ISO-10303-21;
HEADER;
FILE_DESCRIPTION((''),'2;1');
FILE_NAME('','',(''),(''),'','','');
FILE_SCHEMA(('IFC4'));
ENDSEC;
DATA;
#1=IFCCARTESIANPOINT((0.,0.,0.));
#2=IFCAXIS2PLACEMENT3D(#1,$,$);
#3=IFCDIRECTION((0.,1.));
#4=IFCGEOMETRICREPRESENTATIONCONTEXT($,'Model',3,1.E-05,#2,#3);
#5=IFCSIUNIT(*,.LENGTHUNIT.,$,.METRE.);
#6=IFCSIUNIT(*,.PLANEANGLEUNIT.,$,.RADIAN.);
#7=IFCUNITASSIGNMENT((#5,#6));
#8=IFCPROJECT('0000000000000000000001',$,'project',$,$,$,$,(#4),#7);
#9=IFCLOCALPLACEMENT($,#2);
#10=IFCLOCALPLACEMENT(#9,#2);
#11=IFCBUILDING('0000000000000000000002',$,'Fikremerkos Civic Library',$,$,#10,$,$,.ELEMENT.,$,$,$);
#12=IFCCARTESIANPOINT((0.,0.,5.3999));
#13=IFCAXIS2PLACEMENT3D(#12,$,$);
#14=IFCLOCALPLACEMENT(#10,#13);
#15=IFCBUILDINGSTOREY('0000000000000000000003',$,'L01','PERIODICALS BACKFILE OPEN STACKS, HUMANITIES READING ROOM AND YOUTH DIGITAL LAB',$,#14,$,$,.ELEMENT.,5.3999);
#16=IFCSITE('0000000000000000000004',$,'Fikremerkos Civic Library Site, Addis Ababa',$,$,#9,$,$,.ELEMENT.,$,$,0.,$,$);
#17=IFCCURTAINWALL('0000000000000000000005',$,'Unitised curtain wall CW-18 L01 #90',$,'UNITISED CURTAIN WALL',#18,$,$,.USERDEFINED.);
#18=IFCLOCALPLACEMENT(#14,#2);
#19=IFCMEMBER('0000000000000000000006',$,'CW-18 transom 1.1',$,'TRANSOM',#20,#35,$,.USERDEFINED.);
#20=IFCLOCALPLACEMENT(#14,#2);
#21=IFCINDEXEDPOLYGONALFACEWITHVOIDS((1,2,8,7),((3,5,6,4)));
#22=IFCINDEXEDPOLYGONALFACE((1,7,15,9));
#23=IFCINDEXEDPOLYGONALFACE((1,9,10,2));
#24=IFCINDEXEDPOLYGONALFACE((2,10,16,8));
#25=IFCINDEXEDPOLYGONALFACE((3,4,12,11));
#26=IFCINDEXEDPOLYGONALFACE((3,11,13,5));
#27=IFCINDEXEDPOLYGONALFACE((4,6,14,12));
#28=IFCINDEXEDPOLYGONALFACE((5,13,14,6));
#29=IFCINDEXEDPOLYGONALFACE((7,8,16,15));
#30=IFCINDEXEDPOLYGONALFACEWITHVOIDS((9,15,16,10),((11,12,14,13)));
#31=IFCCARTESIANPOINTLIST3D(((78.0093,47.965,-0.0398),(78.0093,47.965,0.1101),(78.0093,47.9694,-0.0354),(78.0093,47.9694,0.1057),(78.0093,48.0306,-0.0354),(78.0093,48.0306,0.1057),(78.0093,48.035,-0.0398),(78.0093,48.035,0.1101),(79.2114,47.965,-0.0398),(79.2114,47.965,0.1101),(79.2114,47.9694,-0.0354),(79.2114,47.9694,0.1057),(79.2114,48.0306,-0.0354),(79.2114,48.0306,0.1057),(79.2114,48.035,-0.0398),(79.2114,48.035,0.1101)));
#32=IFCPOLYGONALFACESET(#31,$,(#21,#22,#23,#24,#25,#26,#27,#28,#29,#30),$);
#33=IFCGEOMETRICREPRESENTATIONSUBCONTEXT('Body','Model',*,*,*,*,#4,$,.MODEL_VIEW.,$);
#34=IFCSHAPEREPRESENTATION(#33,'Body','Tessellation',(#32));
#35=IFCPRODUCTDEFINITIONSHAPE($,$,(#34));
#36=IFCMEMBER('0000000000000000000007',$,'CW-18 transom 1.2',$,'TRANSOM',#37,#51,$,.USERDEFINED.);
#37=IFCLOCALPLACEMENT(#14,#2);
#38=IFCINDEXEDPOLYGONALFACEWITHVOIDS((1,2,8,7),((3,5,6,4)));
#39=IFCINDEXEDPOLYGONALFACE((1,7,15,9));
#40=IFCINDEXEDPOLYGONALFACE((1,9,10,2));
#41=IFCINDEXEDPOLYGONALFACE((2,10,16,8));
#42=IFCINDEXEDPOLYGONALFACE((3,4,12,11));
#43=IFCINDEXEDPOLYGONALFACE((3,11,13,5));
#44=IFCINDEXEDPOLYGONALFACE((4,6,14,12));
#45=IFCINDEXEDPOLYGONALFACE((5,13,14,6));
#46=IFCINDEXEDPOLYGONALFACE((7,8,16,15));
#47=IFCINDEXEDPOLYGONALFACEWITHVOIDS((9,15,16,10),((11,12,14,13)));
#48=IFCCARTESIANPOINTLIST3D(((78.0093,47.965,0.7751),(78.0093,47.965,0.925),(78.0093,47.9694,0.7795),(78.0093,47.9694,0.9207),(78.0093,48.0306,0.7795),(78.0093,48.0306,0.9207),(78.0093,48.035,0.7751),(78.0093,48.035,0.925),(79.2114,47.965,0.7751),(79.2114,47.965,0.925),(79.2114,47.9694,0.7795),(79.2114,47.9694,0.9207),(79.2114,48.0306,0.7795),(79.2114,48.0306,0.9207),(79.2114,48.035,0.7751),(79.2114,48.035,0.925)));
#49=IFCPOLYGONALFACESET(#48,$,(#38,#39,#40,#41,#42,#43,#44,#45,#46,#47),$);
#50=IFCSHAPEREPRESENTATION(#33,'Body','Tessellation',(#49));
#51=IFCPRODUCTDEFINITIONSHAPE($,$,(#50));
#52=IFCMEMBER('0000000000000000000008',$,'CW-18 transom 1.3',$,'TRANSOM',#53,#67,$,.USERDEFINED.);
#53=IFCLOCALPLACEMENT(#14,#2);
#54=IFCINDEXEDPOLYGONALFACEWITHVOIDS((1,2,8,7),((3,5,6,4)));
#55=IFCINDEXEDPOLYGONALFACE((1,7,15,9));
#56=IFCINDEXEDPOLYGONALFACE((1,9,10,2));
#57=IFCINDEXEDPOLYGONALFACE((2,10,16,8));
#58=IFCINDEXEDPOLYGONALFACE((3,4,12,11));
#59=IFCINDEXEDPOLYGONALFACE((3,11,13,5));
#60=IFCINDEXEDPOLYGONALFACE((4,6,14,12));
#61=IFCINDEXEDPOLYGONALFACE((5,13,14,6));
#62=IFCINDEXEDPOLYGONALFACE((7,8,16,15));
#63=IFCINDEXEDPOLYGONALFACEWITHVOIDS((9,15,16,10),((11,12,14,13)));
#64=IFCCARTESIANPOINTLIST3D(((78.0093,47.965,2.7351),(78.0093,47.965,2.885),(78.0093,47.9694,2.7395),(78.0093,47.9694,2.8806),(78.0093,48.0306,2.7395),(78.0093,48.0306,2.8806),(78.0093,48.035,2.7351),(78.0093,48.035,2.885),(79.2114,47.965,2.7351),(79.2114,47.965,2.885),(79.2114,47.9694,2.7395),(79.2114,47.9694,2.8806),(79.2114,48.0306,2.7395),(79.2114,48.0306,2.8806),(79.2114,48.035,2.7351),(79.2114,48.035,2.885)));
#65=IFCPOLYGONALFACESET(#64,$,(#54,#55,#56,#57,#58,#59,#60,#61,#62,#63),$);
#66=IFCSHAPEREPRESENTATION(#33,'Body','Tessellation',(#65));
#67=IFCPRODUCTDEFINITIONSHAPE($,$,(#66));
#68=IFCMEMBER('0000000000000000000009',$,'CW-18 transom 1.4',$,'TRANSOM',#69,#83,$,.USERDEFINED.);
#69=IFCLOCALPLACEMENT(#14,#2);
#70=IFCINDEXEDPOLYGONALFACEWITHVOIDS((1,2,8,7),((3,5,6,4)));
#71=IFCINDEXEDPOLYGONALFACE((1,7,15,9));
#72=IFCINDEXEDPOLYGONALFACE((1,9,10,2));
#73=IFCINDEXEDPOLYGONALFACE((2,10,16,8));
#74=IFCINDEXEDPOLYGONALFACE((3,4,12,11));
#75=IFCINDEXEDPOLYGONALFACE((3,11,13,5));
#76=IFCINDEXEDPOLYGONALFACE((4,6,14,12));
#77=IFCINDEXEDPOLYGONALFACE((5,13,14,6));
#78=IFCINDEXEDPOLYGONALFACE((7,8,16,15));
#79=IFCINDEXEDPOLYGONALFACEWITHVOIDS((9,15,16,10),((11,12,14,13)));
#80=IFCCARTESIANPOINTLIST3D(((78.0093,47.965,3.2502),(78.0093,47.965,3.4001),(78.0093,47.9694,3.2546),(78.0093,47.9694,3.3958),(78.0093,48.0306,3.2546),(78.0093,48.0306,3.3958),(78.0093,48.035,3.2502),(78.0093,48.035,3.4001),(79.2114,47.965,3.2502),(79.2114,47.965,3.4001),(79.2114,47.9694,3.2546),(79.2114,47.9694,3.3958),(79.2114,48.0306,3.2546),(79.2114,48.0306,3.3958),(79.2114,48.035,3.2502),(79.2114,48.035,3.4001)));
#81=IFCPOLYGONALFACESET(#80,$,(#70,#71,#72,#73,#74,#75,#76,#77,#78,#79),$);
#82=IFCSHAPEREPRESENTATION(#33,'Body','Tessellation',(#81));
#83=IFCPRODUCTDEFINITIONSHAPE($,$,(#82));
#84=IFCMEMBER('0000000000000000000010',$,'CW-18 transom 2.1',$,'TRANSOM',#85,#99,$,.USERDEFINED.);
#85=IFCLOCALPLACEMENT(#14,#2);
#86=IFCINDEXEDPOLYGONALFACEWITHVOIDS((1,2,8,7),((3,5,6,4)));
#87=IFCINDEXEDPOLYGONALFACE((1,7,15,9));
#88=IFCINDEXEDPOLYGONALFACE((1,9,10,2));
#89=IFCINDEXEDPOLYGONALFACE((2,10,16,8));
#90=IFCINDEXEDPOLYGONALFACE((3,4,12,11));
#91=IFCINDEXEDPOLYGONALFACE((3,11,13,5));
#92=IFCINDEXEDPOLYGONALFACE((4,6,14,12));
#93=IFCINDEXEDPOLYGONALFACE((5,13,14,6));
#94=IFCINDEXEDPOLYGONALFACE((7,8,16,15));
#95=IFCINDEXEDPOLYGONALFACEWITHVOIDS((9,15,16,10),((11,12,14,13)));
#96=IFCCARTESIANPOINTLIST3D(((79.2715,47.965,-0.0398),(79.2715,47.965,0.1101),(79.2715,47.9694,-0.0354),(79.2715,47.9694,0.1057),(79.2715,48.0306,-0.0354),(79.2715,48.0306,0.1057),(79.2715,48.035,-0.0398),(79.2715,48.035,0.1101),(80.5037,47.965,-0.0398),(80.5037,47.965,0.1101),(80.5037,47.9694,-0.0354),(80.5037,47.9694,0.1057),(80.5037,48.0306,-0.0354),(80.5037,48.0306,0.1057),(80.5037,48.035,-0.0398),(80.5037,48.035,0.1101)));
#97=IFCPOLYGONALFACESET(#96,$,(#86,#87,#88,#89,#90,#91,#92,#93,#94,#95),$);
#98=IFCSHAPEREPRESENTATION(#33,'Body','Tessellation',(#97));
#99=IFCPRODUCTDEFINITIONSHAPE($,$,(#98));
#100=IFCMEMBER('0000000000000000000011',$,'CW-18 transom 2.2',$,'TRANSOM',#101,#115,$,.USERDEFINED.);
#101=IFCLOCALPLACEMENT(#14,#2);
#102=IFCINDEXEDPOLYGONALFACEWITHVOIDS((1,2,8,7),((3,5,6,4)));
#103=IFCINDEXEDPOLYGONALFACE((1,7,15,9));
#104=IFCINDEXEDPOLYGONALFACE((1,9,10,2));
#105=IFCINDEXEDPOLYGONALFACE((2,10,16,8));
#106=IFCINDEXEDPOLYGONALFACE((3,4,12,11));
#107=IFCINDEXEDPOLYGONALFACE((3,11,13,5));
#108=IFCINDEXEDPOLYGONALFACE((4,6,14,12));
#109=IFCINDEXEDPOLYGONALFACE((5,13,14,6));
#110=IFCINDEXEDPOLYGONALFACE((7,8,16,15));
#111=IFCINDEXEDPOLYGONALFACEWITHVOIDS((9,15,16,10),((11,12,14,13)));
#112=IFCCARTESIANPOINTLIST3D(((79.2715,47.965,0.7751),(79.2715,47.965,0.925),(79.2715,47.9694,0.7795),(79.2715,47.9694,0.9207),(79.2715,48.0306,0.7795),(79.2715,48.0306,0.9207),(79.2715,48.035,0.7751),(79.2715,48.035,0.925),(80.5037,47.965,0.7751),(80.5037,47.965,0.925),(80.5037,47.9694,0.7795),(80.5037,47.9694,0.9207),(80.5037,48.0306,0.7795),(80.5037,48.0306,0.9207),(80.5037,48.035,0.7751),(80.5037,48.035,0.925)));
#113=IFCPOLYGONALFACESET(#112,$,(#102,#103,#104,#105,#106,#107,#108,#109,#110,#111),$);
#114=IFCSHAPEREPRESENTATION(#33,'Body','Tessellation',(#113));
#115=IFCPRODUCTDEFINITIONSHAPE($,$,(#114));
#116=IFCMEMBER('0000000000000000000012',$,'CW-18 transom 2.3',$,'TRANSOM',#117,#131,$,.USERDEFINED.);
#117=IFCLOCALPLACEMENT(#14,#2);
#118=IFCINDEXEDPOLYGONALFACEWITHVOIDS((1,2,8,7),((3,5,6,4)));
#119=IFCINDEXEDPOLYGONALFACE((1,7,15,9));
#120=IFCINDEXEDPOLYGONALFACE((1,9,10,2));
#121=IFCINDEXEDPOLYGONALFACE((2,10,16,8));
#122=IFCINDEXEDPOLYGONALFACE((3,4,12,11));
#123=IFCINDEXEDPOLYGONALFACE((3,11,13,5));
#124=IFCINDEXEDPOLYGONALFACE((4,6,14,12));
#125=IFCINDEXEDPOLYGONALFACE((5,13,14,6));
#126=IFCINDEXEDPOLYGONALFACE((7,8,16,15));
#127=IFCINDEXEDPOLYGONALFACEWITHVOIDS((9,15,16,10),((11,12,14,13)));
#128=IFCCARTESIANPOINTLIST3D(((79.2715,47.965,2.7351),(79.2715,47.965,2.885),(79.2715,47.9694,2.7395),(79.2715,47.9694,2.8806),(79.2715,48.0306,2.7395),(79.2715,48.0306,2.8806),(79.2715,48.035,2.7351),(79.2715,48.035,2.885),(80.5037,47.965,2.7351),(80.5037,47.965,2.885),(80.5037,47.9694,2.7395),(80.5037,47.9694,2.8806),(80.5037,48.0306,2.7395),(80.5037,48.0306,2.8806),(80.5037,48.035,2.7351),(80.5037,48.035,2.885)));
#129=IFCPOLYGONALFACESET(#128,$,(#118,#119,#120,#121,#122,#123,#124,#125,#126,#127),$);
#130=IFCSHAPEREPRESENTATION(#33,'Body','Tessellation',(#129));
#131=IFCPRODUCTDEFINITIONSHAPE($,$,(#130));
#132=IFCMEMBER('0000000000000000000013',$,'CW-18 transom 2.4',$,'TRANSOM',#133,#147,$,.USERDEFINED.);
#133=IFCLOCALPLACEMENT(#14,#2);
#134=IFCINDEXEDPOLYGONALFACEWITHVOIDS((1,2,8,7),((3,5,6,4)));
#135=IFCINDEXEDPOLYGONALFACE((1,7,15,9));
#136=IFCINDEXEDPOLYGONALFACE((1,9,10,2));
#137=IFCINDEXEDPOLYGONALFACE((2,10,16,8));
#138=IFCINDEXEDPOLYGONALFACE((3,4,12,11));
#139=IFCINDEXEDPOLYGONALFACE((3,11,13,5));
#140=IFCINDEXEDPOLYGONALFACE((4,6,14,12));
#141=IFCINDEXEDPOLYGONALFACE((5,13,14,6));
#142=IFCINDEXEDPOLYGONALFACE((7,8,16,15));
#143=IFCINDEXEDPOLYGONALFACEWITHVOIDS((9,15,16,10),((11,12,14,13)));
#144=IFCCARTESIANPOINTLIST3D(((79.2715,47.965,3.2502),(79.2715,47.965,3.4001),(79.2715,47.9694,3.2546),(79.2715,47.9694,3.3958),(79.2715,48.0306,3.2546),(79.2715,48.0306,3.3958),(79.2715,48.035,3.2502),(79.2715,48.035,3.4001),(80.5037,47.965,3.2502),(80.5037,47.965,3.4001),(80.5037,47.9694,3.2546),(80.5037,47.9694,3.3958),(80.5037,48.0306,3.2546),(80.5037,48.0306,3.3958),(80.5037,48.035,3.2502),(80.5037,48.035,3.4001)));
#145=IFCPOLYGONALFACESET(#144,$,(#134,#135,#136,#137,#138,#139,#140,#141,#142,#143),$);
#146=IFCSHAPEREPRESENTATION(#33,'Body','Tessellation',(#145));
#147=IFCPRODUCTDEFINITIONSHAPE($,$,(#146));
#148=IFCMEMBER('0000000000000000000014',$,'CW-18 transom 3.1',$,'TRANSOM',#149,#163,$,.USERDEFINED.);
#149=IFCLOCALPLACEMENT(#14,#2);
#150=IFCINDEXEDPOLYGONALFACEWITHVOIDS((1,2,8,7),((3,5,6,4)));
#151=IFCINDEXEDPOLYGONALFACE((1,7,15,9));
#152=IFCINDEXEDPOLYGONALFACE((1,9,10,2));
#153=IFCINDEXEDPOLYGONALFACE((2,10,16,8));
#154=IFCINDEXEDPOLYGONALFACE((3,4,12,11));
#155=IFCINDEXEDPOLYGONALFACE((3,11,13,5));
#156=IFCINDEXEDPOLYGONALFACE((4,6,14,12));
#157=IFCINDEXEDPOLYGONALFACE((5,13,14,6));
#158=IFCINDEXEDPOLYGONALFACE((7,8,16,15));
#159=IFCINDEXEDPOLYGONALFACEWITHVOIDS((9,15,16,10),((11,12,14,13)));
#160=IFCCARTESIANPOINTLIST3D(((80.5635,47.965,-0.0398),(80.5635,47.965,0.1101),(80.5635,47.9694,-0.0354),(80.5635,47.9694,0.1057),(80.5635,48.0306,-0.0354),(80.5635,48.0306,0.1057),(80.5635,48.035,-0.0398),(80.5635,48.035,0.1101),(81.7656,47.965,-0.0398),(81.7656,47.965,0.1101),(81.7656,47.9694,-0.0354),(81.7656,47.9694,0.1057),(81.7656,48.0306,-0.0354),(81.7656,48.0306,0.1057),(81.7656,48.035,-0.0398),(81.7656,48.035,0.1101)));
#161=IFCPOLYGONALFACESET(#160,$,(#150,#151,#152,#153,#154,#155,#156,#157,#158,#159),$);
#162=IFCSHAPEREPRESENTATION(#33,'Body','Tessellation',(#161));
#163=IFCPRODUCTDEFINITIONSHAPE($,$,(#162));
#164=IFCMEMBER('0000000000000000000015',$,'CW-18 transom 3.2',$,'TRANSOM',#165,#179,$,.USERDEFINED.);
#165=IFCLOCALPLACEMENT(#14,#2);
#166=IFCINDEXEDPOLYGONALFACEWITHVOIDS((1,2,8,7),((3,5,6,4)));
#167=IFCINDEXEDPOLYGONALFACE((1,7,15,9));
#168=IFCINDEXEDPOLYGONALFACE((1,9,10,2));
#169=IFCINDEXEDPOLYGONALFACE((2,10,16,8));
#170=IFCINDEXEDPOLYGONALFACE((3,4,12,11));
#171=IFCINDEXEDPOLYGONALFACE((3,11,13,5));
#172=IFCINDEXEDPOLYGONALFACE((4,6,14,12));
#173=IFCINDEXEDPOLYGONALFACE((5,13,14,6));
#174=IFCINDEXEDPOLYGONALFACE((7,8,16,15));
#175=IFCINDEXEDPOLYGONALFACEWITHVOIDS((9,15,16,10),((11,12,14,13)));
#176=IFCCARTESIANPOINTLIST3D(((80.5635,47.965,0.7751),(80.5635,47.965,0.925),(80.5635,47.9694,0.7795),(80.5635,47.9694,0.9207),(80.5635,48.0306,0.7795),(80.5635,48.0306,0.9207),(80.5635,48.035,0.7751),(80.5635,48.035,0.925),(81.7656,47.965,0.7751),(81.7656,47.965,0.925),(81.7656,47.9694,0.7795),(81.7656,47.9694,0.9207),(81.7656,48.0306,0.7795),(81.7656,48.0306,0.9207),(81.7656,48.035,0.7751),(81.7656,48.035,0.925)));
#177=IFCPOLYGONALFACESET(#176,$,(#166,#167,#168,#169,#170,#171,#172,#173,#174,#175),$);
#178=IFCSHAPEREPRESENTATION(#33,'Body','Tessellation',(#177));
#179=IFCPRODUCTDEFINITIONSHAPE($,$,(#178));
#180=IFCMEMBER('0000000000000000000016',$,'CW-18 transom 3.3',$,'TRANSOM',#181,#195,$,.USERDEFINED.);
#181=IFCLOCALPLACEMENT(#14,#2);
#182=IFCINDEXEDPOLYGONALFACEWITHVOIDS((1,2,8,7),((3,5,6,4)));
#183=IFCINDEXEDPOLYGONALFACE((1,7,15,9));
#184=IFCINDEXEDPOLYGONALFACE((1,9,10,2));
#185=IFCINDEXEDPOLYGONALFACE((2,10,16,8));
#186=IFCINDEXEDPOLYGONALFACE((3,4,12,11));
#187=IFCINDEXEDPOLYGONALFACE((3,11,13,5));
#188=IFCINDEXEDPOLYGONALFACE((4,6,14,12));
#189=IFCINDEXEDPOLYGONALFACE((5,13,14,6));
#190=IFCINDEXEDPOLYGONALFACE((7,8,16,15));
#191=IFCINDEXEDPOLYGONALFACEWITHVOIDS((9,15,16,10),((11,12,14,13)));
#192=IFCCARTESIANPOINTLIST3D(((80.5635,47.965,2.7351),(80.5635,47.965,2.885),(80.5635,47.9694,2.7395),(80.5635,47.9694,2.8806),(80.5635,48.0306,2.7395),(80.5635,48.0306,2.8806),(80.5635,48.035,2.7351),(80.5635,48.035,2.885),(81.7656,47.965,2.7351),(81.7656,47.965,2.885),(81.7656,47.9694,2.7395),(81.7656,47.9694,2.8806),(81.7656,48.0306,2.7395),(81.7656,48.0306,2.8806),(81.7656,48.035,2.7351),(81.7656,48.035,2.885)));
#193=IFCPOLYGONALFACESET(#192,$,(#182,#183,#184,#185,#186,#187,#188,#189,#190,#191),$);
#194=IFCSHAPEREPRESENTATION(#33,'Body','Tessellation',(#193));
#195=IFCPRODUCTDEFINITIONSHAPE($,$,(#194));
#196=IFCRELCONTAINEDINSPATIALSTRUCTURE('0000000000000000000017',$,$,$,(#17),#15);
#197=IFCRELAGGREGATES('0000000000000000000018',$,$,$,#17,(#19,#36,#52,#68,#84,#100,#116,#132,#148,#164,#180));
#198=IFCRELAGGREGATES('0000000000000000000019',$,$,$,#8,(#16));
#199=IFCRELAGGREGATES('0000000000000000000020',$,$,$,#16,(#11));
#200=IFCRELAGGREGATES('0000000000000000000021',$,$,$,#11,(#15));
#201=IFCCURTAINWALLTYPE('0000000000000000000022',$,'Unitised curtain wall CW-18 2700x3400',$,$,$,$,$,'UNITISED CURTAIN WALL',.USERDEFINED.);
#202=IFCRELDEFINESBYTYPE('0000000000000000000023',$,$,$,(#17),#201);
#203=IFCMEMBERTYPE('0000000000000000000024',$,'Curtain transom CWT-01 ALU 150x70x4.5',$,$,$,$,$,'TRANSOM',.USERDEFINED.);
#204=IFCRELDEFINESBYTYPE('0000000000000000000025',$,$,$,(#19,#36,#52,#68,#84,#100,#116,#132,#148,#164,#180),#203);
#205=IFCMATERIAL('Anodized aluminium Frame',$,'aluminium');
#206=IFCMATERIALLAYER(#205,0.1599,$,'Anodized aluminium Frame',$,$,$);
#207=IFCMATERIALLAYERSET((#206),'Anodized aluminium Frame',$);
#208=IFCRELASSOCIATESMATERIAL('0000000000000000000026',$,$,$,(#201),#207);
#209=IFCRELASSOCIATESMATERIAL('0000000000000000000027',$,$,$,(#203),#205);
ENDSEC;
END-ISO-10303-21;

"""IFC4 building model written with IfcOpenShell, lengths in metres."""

from ifc_helpers import new_model, si_unit, direction, frame, origin, origin_2d, place, context, subcontext, project, spatial, hollow_rectangle, extrude, material, layer, layer_set, material_profile, profile_set, type_object, element, aggregate, save


model = new_model("IFC4")

# Units and contexts
model_context = context("Model", 3, precision=1e-05, world=origin(), true_north=direction((0.0, 1.0)))
body_context = subcontext(model_context, "Body", "Model", "MODEL_VIEW")
ifc_project = project(units=[si_unit("LENGTHUNIT", "METRE"), si_unit("PLANEANGLEUNIT", "RADIAN")], contexts=[model_context])

# Site, building, storey
site_placement = place(None, origin())
site = spatial("IfcSite", under=ifc_project, at=site_placement, Name="Fikremerkos Civic Library Site, Addis Ababa", CompositionType="ELEMENT", RefElevation=0.0)
building_placement = place(site_placement, origin())
building = spatial("IfcBuilding", under=site, at=building_placement, Name="Fikremerkos Civic Library", CompositionType="ELEMENT")
storey_placement = place(building_placement, frame((0.0, 0.0, 5.3999)))
storey = spatial("IfcBuildingStorey", under=building, at=storey_placement, Name="L01", Description="PERIODICALS BACKFILE OPEN STACKS, HUMANITIES READING ROOM AND YOUTH DIGITAL LAB", CompositionType="ELEMENT", Elevation=5.3999)

# Shared definitions
ifc_material_1 = material(Name="Anodized aluminium Frame", Category="aluminium")

# Curtain wall
ifc_layer_1 = layer(ifc_material_1, 0.1599, Name="Anodized aluminium Frame")
ifc_layer_set_1 = layer_set([ifc_layer_1], Name="Anodized aluminium Frame")
curtain_wall_type_1 = type_object("IfcCurtainWallType", Name="Unitised curtain wall CW-18 2700x3400", ElementType="UNITISED CURTAIN WALL", PredefinedType="USERDEFINED", material=ifc_layer_set_1)
curtain_wall_1_placement = place(storey_placement, origin())
curtain_wall_1 = element("IfcCurtainWall", 1, at=curtain_wall_1_placement, inside=storey, type_object=curtain_wall_type_1, Name="Unitised curtain wall CW-18 L01 #90", ObjectType="UNITISED CURTAIN WALL", PredefinedType="USERDEFINED")

# Members
ifc_material_profile_1 = material_profile(ifc_material_1, hollow_rectangle(XDim=0.0701, YDim=0.1499, WallThickness=0.0044, at=origin_2d()), Name="ALU 150x70x4.5")
ifc_profile_set_1 = profile_set([ifc_material_profile_1], Name="Anodized aluminium Frame")
member_type_1 = type_object("IfcMemberType", Name="Curtain transom CWT-01 ALU 150x70x4.5", ElementType="TRANSOM", PredefinedType="USERDEFINED", material=ifc_profile_set_1)
member_1_placement = place(storey_placement, frame((78.0093, 48.0, 0.0352), z_axis=(1.0, 0.0, 0.0), x_axis=(0.0, 1.0, 0.0)))
member_1 = element("IfcMember", 2, at=member_1_placement, type_object=member_type_1, Name="CW-18 transom 1.1", ObjectType="TRANSOM", PredefinedType="USERDEFINED", context=body_context, shape_type="SweptSolid", body=[
    extrude(hollow_rectangle(XDim=0.0701, YDim=0.1499, WallThickness=0.0044, at=origin_2d()), origin(), (0.0, 0.0, 1.0), 1.2021),
])
member_2_placement = place(storey_placement, frame((78.0093, 48.0, 0.8501), z_axis=(1.0, 0.0, 0.0), x_axis=(0.0, 1.0, 0.0)))
member_2 = element("IfcMember", 3, at=member_2_placement, type_object=member_type_1, Name="CW-18 transom 1.2", ObjectType="TRANSOM", PredefinedType="USERDEFINED", context=body_context, shape_type="SweptSolid", body=[
    extrude(hollow_rectangle(XDim=0.0701, YDim=0.1499, WallThickness=0.0044, at=origin_2d()), origin(), (0.0, 0.0, 1.0), 1.2021),
])
member_3_placement = place(storey_placement, frame((78.0093, 48.0, 2.8101), z_axis=(1.0, 0.0, 0.0), x_axis=(0.0, 1.0, 0.0)))
member_3 = element("IfcMember", 4, at=member_3_placement, type_object=member_type_1, Name="CW-18 transom 1.3", ObjectType="TRANSOM", PredefinedType="USERDEFINED", context=body_context, shape_type="SweptSolid", body=[
    extrude(hollow_rectangle(XDim=0.0701, YDim=0.1499, WallThickness=0.0044, at=origin_2d()), origin(), (0.0, 0.0, 1.0), 1.2021),
])
member_4_placement = place(storey_placement, frame((78.0093, 48.0, 3.3252), z_axis=(1.0, 0.0, 0.0), x_axis=(0.0, 1.0, 0.0)))
member_4 = element("IfcMember", 5, at=member_4_placement, type_object=member_type_1, Name="CW-18 transom 1.4", ObjectType="TRANSOM", PredefinedType="USERDEFINED", context=body_context, shape_type="SweptSolid", body=[
    extrude(hollow_rectangle(XDim=0.0701, YDim=0.1499, WallThickness=0.0044, at=origin_2d()), origin(), (0.0, 0.0, 1.0), 1.2021),
])
member_5_placement = place(storey_placement, frame((79.2715, 48.0, 0.0352), z_axis=(1.0, 0.0, 0.0), x_axis=(0.0, 1.0, 0.0)))
member_5 = element("IfcMember", 6, at=member_5_placement, type_object=member_type_1, Name="CW-18 transom 2.1", ObjectType="TRANSOM", PredefinedType="USERDEFINED", context=body_context, shape_type="SweptSolid", body=[
    extrude(hollow_rectangle(XDim=0.0701, YDim=0.1499, WallThickness=0.0044, at=origin_2d()), origin(), (0.0, 0.0, 1.0), 1.2322),
])
member_6_placement = place(storey_placement, frame((79.2715, 48.0, 0.8501), z_axis=(1.0, 0.0, 0.0), x_axis=(0.0, 1.0, 0.0)))
member_6 = element("IfcMember", 7, at=member_6_placement, type_object=member_type_1, Name="CW-18 transom 2.2", ObjectType="TRANSOM", PredefinedType="USERDEFINED", context=body_context, shape_type="SweptSolid", body=[
    extrude(hollow_rectangle(XDim=0.0701, YDim=0.1499, WallThickness=0.0044, at=origin_2d()), origin(), (0.0, 0.0, 1.0), 1.2322),
])
member_7_placement = place(storey_placement, frame((79.2715, 48.0, 2.8101), z_axis=(1.0, 0.0, 0.0), x_axis=(0.0, 1.0, 0.0)))
member_7 = element("IfcMember", 8, at=member_7_placement, type_object=member_type_1, Name="CW-18 transom 2.3", ObjectType="TRANSOM", PredefinedType="USERDEFINED", context=body_context, shape_type="SweptSolid", body=[
    extrude(hollow_rectangle(XDim=0.0701, YDim=0.1499, WallThickness=0.0044, at=origin_2d()), origin(), (0.0, 0.0, 1.0), 1.2322),
])
member_8_placement = place(storey_placement, frame((79.2715, 48.0, 3.3252), z_axis=(1.0, 0.0, 0.0), x_axis=(0.0, 1.0, 0.0)))
member_8 = element("IfcMember", 9, at=member_8_placement, type_object=member_type_1, Name="CW-18 transom 2.4", ObjectType="TRANSOM", PredefinedType="USERDEFINED", context=body_context, shape_type="SweptSolid", body=[
    extrude(hollow_rectangle(XDim=0.0701, YDim=0.1499, WallThickness=0.0044, at=origin_2d()), origin(), (0.0, 0.0, 1.0), 1.2322),
])
member_9_placement = place(storey_placement, frame((80.5635, 48.0, 0.0352), z_axis=(1.0, 0.0, 0.0), x_axis=(0.0, 1.0, 0.0)))
member_9 = element("IfcMember", 10, at=member_9_placement, type_object=member_type_1, Name="CW-18 transom 3.1", ObjectType="TRANSOM", PredefinedType="USERDEFINED", context=body_context, shape_type="SweptSolid", body=[
    extrude(hollow_rectangle(XDim=0.0701, YDim=0.1499, WallThickness=0.0044, at=origin_2d()), origin(), (0.0, 0.0, 1.0), 1.2021),
])
member_10_placement = place(storey_placement, frame((80.5635, 48.0, 0.8501), z_axis=(1.0, 0.0, 0.0), x_axis=(0.0, 1.0, 0.0)))
member_10 = element("IfcMember", 11, at=member_10_placement, type_object=member_type_1, Name="CW-18 transom 3.2", ObjectType="TRANSOM", PredefinedType="USERDEFINED", context=body_context, shape_type="SweptSolid", body=[
    extrude(hollow_rectangle(XDim=0.0701, YDim=0.1499, WallThickness=0.0044, at=origin_2d()), origin(), (0.0, 0.0, 1.0), 1.2021),
])
member_11_placement = place(storey_placement, frame((80.5635, 48.0, 2.8101), z_axis=(1.0, 0.0, 0.0), x_axis=(0.0, 1.0, 0.0)))
member_11 = element("IfcMember", 12, at=member_11_placement, type_object=member_type_1, Name="CW-18 transom 3.3", ObjectType="TRANSOM", PredefinedType="USERDEFINED", context=body_context, shape_type="SweptSolid", body=[
    extrude(hollow_rectangle(XDim=0.0701, YDim=0.1499, WallThickness=0.0044, at=origin_2d()), origin(), (0.0, 0.0, 1.0), 1.2021),
])

aggregate(curtain_wall_1, [member_1, member_2, member_3, member_4, member_5, member_6, member_7, member_8, member_9, member_10, member_11])

save(model, "model.ifc")
